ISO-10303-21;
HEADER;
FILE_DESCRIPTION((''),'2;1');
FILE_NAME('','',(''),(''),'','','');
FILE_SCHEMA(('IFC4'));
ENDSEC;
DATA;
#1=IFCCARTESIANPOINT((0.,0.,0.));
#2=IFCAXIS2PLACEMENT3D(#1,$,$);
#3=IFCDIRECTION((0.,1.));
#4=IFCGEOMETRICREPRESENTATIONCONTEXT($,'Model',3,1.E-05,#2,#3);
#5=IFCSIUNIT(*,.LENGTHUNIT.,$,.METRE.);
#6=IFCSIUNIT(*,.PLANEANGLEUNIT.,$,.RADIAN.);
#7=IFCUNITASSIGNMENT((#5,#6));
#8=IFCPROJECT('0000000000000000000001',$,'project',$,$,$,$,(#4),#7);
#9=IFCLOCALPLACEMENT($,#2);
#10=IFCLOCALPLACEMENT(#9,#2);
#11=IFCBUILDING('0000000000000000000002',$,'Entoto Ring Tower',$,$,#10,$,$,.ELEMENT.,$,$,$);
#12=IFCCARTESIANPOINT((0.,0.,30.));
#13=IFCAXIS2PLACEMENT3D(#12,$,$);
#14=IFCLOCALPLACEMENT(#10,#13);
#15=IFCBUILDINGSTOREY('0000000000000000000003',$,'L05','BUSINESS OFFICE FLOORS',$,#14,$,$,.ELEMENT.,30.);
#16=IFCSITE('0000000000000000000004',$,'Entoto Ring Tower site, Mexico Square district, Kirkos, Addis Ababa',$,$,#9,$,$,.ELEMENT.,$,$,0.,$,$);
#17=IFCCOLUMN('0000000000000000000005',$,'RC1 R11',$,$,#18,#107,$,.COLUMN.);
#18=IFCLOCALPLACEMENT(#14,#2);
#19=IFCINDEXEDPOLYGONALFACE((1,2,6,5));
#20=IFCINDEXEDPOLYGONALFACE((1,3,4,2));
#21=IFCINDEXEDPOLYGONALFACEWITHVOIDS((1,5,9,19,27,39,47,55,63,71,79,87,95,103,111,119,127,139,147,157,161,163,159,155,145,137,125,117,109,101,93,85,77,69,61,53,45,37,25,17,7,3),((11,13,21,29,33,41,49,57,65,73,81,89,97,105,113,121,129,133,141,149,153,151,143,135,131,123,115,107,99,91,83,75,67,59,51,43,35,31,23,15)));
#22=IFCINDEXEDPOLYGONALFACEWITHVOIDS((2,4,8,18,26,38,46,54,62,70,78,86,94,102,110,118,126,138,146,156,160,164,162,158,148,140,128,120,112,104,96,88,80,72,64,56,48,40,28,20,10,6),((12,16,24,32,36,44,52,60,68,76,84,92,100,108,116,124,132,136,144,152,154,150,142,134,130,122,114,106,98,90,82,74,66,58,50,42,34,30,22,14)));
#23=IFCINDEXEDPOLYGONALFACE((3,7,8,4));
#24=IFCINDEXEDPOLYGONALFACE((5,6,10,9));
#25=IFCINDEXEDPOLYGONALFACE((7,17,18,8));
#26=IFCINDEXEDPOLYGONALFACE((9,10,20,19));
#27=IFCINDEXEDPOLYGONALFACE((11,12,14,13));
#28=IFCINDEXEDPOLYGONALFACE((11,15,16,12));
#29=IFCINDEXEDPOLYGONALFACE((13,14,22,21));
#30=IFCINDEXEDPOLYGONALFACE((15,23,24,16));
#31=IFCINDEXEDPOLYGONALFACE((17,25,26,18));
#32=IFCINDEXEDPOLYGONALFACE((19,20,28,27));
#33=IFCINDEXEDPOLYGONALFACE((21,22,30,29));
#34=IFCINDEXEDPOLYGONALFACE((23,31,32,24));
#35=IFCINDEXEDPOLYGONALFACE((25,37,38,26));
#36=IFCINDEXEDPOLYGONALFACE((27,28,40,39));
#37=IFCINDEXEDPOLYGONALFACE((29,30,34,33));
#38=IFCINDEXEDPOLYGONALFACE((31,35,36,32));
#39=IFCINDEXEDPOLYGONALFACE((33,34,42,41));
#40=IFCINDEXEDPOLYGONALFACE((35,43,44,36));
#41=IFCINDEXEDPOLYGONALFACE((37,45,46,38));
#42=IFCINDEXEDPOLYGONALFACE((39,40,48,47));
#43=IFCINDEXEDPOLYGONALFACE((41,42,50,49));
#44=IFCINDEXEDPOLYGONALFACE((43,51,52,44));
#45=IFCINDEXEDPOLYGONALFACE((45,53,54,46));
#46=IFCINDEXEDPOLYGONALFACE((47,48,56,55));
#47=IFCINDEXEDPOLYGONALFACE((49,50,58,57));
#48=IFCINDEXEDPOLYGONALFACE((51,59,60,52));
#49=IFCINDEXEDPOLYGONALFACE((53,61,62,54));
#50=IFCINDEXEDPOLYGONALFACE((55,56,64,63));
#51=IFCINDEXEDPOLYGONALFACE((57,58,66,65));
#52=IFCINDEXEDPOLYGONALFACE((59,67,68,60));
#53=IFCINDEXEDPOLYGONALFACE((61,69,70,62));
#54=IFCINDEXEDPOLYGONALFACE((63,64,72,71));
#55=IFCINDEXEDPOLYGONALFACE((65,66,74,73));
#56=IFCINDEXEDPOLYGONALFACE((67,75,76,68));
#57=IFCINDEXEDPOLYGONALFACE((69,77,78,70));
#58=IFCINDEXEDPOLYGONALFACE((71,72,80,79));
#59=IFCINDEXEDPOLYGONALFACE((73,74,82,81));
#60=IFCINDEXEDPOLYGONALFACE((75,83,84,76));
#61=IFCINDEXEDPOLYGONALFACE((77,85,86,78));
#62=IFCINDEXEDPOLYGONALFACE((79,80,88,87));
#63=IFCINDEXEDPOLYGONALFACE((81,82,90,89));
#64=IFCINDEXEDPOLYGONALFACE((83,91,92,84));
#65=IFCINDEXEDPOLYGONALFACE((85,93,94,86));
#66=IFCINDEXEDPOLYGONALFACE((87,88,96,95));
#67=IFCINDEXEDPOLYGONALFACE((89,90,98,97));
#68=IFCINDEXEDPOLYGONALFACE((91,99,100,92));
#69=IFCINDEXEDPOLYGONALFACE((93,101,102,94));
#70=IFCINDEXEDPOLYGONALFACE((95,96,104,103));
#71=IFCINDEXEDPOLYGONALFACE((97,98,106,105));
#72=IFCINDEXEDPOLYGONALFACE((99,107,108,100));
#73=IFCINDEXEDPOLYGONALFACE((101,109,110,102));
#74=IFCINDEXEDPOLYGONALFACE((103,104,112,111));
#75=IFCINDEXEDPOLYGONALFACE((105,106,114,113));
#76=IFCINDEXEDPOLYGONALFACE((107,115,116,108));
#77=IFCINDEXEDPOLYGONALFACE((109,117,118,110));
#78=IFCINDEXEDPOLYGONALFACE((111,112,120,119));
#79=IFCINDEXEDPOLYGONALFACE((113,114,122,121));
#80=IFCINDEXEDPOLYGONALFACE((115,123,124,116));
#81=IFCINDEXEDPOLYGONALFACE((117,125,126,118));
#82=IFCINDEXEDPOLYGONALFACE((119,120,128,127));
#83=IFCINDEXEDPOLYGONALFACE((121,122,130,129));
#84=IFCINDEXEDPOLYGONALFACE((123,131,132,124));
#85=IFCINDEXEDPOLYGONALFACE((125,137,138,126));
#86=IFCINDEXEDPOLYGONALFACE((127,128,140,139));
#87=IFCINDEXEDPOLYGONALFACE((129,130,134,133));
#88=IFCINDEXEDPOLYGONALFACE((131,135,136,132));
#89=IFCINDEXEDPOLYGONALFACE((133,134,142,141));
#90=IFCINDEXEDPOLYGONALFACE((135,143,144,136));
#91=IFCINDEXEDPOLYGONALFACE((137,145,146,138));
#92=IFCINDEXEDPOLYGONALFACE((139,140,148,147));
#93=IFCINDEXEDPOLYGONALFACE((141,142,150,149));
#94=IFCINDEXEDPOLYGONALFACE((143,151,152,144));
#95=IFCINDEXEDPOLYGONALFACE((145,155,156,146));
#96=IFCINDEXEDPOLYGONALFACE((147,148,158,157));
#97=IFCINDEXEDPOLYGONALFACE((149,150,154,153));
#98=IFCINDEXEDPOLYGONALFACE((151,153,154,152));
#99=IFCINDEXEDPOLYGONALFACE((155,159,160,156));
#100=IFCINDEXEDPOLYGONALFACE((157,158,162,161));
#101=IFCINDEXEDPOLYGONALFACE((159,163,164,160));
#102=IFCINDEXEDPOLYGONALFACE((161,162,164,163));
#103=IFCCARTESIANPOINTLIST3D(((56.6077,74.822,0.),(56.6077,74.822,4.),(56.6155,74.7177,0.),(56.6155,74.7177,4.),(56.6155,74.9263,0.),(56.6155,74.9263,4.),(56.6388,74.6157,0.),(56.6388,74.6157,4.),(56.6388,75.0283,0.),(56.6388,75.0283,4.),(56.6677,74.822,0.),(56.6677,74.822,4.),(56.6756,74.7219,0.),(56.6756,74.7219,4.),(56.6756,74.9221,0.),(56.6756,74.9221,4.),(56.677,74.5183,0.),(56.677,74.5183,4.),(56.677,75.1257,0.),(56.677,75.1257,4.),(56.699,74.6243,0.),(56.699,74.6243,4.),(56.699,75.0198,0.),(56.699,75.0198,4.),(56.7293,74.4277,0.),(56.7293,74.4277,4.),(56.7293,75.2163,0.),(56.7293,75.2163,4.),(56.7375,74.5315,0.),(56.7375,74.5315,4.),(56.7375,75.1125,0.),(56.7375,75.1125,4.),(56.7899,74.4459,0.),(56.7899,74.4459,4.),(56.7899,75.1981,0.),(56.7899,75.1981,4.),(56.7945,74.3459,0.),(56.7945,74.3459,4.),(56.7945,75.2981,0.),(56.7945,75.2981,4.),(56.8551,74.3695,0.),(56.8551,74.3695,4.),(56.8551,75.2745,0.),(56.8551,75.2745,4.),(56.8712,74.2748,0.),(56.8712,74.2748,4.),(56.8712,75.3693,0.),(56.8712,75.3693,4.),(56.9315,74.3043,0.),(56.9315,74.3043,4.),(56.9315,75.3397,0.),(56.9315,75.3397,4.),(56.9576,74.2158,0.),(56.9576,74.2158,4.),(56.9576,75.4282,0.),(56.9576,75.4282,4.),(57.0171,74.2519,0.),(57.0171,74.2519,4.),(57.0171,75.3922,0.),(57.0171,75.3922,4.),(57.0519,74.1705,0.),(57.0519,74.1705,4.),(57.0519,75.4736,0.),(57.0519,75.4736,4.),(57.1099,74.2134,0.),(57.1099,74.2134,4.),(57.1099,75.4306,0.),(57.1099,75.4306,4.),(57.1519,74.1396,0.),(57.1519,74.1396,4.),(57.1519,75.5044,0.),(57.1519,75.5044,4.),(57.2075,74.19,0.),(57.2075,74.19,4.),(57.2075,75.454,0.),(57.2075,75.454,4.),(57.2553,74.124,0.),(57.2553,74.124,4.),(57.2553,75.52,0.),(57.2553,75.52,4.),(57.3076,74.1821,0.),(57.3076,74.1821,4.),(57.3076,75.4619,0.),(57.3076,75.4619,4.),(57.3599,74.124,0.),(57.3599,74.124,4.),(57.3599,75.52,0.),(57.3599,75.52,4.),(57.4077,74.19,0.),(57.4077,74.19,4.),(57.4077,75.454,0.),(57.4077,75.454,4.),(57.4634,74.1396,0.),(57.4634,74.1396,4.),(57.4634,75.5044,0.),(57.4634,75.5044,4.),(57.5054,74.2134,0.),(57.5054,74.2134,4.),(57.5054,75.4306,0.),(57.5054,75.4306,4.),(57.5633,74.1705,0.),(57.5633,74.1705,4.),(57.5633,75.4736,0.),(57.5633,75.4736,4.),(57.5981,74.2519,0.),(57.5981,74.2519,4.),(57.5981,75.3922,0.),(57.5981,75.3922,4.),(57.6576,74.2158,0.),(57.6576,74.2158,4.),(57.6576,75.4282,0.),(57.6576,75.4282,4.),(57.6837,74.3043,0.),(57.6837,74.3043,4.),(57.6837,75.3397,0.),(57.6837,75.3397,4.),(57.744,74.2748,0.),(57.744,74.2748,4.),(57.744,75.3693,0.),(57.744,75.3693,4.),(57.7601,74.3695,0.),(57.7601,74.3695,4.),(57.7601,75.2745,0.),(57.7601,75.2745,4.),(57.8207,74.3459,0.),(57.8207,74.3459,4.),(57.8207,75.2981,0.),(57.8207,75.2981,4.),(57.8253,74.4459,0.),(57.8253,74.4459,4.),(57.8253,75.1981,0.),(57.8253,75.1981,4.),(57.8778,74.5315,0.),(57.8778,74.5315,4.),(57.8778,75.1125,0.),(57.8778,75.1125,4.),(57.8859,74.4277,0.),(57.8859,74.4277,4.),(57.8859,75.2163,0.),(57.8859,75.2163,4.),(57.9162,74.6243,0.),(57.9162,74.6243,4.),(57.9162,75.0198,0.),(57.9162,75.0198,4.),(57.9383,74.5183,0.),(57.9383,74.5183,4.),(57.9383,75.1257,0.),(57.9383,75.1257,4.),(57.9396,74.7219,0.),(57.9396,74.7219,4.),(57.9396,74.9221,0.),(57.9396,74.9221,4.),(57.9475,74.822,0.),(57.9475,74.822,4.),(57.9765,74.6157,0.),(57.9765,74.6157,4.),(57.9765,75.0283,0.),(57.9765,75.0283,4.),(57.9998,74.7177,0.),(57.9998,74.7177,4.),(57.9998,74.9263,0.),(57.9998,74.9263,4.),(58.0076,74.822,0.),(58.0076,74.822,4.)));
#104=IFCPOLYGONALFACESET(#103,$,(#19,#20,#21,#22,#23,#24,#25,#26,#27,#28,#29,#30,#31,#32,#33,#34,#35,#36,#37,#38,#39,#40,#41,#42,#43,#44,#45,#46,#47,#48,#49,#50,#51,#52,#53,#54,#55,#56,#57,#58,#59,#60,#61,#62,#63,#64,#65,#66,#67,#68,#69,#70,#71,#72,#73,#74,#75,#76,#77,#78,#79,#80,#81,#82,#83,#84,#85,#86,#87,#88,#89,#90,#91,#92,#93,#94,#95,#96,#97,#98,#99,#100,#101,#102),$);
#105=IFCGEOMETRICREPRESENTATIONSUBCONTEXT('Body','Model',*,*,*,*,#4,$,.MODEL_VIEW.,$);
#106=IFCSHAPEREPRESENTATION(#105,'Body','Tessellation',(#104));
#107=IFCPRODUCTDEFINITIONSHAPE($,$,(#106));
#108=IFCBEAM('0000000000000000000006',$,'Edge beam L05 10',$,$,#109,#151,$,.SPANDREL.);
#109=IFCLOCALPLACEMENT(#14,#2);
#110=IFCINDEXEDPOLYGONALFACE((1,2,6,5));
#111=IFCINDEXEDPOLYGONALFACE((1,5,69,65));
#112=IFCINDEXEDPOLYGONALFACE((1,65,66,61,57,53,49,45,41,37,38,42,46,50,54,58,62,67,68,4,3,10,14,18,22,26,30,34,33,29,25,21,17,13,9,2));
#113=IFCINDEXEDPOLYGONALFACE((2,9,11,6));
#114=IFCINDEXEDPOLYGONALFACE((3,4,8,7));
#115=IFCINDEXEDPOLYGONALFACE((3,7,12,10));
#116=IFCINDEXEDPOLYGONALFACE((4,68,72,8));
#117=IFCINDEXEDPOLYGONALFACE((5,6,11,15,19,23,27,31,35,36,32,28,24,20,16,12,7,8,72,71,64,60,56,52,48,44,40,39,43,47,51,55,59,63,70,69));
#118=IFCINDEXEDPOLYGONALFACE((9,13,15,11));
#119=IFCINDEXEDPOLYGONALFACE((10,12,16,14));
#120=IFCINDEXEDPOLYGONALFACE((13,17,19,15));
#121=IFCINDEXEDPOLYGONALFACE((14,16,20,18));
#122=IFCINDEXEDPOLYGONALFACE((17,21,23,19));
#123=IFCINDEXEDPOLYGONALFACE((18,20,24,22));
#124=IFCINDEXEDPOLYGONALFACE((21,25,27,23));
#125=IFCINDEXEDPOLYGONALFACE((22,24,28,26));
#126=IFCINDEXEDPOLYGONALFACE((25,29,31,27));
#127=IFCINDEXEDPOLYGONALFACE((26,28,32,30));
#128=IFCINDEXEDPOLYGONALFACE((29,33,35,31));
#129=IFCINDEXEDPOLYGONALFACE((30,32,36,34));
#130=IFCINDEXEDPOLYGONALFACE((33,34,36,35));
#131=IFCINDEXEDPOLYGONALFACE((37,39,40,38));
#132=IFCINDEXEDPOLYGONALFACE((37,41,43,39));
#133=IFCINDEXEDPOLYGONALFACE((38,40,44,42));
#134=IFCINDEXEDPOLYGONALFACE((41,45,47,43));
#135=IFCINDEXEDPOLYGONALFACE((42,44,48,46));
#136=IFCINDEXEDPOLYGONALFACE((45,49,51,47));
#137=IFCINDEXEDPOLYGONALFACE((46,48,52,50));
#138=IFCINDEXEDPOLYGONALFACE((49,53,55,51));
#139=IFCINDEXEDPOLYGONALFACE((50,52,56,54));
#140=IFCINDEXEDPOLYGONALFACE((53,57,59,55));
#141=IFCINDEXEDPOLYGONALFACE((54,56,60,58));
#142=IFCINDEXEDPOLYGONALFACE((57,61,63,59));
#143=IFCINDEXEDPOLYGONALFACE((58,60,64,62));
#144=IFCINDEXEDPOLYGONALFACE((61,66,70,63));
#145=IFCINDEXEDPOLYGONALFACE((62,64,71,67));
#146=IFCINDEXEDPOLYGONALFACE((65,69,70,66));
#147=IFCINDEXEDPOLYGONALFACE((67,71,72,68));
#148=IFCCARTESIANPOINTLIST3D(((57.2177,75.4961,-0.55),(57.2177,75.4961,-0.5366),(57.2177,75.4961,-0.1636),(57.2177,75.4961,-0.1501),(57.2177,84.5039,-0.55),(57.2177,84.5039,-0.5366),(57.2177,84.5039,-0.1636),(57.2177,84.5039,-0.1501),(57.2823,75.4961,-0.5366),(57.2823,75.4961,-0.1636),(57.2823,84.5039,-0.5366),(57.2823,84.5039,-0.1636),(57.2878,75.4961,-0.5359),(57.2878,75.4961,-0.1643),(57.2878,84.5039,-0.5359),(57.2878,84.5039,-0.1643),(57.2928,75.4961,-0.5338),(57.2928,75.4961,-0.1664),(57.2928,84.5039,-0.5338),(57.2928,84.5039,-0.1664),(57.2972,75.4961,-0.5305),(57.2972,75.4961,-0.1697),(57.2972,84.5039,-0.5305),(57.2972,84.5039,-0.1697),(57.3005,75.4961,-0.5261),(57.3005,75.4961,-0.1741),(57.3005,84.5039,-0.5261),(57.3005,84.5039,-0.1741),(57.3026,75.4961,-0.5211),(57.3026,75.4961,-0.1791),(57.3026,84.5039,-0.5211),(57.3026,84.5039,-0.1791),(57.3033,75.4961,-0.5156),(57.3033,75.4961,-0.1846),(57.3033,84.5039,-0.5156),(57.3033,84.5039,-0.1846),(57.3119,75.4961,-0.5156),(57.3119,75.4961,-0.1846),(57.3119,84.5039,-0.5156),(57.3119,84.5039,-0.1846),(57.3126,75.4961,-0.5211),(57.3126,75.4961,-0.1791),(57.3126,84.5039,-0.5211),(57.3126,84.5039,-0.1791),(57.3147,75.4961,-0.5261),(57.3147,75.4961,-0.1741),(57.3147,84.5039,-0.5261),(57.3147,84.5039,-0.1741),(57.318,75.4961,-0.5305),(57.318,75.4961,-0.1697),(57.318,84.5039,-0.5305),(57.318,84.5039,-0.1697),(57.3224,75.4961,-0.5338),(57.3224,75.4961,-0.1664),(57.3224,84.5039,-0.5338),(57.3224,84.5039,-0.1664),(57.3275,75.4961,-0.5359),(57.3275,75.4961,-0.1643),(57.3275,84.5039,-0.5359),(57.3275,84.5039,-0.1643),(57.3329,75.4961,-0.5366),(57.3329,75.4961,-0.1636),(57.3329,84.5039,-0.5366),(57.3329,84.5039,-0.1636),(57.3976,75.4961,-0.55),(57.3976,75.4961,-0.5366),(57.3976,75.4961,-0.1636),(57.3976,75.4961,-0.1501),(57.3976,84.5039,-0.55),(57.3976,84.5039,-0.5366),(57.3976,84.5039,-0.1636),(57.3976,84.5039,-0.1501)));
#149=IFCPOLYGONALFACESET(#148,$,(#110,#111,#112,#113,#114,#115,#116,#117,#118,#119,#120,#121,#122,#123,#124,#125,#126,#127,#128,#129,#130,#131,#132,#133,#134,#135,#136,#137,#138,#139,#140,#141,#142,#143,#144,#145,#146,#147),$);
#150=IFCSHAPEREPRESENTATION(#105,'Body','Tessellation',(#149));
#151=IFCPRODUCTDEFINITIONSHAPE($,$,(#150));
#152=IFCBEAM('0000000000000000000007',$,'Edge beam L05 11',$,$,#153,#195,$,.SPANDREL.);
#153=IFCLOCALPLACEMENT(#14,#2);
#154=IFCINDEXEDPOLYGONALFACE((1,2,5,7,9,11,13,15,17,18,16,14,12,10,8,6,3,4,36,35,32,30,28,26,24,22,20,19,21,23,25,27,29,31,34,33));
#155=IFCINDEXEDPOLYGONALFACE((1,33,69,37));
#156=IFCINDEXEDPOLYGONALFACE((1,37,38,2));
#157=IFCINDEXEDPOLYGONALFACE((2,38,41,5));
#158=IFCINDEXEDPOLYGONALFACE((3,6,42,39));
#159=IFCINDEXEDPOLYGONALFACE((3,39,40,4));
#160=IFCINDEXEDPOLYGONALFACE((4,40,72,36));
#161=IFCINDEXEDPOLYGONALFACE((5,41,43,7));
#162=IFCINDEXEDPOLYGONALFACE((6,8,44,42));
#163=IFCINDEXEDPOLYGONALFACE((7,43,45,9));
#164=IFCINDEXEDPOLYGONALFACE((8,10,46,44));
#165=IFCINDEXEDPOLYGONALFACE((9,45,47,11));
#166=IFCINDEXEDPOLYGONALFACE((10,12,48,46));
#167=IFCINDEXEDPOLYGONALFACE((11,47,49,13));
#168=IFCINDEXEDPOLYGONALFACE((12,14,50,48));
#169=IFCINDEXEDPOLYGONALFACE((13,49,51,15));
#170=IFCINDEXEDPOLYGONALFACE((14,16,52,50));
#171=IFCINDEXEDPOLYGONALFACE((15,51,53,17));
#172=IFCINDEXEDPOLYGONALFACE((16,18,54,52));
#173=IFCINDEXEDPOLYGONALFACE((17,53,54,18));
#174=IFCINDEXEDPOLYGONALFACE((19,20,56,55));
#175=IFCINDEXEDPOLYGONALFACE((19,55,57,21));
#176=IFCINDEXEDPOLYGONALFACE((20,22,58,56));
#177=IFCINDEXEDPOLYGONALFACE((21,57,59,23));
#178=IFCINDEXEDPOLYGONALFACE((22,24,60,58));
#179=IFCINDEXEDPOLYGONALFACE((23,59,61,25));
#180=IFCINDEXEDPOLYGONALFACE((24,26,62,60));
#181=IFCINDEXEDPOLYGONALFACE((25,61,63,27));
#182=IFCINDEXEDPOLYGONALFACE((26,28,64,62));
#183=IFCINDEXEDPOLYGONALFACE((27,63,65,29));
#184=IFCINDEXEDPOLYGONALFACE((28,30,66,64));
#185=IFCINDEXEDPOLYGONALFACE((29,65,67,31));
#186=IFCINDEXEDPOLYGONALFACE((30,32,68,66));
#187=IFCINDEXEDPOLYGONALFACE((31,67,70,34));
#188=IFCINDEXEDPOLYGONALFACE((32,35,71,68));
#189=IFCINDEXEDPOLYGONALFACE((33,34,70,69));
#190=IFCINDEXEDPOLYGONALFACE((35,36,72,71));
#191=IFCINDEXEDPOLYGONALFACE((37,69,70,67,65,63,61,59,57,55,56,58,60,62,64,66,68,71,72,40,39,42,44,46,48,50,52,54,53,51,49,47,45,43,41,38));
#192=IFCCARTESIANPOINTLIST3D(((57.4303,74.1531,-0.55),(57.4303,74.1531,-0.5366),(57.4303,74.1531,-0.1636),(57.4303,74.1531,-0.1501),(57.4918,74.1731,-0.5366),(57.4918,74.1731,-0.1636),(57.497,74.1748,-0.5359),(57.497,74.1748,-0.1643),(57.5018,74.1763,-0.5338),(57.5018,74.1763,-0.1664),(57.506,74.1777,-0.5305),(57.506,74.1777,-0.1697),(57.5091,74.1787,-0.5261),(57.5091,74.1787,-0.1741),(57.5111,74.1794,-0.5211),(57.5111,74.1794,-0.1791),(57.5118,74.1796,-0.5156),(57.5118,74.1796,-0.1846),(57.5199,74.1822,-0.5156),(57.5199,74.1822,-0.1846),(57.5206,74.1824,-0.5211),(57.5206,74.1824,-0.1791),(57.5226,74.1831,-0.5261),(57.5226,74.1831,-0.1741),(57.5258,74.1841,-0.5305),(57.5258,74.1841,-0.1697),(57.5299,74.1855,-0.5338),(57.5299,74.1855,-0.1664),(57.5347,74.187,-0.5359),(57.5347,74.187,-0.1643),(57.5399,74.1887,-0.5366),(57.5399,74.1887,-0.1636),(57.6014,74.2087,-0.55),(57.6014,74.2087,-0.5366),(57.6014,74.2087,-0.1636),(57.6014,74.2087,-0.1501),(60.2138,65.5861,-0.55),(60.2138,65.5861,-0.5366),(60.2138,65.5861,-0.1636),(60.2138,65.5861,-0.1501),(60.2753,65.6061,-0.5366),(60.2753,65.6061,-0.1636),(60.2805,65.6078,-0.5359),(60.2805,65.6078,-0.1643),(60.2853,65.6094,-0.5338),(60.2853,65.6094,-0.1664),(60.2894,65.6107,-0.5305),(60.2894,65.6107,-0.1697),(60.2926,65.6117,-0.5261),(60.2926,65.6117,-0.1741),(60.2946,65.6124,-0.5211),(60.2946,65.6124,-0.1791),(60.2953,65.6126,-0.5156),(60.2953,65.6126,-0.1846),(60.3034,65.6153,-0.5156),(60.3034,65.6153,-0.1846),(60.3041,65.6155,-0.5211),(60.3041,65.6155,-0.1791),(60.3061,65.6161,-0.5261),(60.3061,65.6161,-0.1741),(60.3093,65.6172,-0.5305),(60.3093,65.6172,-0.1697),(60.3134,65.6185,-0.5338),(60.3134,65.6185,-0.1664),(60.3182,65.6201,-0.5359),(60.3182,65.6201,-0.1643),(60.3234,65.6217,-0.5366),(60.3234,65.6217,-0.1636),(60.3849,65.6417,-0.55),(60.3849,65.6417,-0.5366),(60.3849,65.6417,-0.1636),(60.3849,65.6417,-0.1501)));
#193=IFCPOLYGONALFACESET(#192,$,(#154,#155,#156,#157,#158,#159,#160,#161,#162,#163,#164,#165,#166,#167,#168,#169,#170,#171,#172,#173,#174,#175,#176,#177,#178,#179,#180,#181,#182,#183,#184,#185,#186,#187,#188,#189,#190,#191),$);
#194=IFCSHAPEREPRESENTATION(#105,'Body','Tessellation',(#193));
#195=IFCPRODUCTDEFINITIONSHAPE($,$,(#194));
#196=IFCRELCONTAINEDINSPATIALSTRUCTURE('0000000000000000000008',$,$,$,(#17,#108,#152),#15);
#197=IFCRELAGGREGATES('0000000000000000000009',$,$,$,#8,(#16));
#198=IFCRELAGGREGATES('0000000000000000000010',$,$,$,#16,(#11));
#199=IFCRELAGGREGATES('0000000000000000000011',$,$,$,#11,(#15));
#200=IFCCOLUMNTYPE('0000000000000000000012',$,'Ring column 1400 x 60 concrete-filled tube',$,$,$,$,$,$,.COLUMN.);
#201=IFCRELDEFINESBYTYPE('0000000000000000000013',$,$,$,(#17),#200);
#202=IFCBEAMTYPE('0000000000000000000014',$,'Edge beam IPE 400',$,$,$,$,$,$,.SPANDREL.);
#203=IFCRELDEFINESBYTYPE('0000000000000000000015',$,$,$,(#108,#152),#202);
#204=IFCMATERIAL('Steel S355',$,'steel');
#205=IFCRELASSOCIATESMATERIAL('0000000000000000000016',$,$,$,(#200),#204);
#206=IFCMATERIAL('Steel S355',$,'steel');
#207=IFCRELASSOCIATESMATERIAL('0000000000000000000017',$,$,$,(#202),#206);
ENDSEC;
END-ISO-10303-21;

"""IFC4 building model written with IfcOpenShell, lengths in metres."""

from ifc_helpers import new_model, si_unit, direction, frame, origin, origin_2d, place, context, subcontext, project, spatial, circle, hollow_circle, i_section, extrude, material, material_profile, profile_set, type_object, element, save


model = new_model("IFC4")

# Units and contexts
model_context = context("Model", 3, precision=1e-05, world=origin(), true_north=direction((0.0, 1.0)))
body_context = subcontext(model_context, "Body", "Model", "MODEL_VIEW")
ifc_project = project(units=[si_unit("LENGTHUNIT", "METRE"), si_unit("PLANEANGLEUNIT", "RADIAN")], contexts=[model_context])

# Site, building, storey
site_placement = place(None, origin())
site = spatial("IfcSite", under=ifc_project, at=site_placement, Name="Entoto Ring Tower site, Mexico Square district, Kirkos, Addis Ababa", CompositionType="ELEMENT", RefElevation=0.0)
building_placement = place(site_placement, origin())
building = spatial("IfcBuilding", under=site, at=building_placement, Name="Entoto Ring Tower", CompositionType="ELEMENT")
storey_placement = place(building_placement, frame((0.0, 0.0, 30.0)))
storey = spatial("IfcBuildingStorey", under=building, at=storey_placement, Name="L05", Description="BUSINESS OFFICE FLOORS", CompositionType="ELEMENT", Elevation=30.0)

# Column
ifc_material_1 = material(Name="Steel S355", Category="steel")
ifc_material_profile_1 = material_profile(ifc_material_1, hollow_circle(Radius=0.7, WallThickness=0.0601, at=origin_2d()), Name="CHS 1400 x 60")
ifc_material_2 = material(Name="Concrete C60/75", Category="concrete")
ifc_material_profile_2 = material_profile(ifc_material_2, circle(Radius=0.6399, at=origin_2d()), Name="Concrete C60/75 infill")
ifc_profile_set_1 = profile_set([ifc_material_profile_1, ifc_material_profile_2], Name="Steel S355")
column_type = type_object("IfcColumnType", Name="Ring column 1400 x 60 concrete-filled tube", PredefinedType="COLUMN", material=ifc_profile_set_1)
column_placement = place(storey_placement, frame((57.3076, 74.822, 0.0), z_axis=(0.0, 0.0, 1.0), x_axis=(1.0, 0.0, 0.0)))
element("IfcColumn", 1, at=column_placement, inside=storey, type_object=column_type, Name="RC1 R11", PredefinedType="COLUMN", context=body_context, shape_type="SweptSolid", body=[
    extrude(hollow_circle(Radius=0.7, WallThickness=0.0601, at=origin_2d()), origin(), (0.0, 0.0, 1.0), 4.0),
])

# Beams
ifc_material_3 = material(Name="Steel S355", Category="steel")
ifc_material_profile_3 = material_profile(ifc_material_3, i_section(OverallWidth=0.1799, OverallDepth=0.3999, WebThickness=0.0085, FlangeThickness=0.0134, FilletRadius=0.021, at=origin_2d()), Name="IPE 400")
ifc_profile_set_2 = profile_set([ifc_material_profile_3], Name="Steel S355")
beam_type_1 = type_object("IfcBeamType", Name="Edge beam IPE 400", PredefinedType="SPANDREL", material=ifc_profile_set_2)
for number, where, z_axis, x_axis, name in (
    (2, (57.3076, 84.5039, -0.3501), (0.0, -1.0, 0.0), (1.0, 0.0, 0.0), "Edge beam L05 10"),
    (3, (57.5159, 74.1809, -0.3501), (0.309006, -0.95106, 0.0), (0.95106, 0.309006, 0.0), "Edge beam L05 11"),
):
    element("IfcBeam", number, at=place(storey_placement, frame(where, z_axis=z_axis, x_axis=x_axis)), inside=storey, type_object=beam_type_1, Name=name, PredefinedType="SPANDREL", context=body_context, shape_type="SweptSolid", body=[
        extrude(i_section(OverallWidth=0.1799, OverallDepth=0.3999, WebThickness=0.0085, FlangeThickness=0.0134, FilletRadius=0.021, at=origin_2d()), origin(), (0.0, 0.0, 1.0), 9.0078),
    ])

save(model, "model.ifc")
